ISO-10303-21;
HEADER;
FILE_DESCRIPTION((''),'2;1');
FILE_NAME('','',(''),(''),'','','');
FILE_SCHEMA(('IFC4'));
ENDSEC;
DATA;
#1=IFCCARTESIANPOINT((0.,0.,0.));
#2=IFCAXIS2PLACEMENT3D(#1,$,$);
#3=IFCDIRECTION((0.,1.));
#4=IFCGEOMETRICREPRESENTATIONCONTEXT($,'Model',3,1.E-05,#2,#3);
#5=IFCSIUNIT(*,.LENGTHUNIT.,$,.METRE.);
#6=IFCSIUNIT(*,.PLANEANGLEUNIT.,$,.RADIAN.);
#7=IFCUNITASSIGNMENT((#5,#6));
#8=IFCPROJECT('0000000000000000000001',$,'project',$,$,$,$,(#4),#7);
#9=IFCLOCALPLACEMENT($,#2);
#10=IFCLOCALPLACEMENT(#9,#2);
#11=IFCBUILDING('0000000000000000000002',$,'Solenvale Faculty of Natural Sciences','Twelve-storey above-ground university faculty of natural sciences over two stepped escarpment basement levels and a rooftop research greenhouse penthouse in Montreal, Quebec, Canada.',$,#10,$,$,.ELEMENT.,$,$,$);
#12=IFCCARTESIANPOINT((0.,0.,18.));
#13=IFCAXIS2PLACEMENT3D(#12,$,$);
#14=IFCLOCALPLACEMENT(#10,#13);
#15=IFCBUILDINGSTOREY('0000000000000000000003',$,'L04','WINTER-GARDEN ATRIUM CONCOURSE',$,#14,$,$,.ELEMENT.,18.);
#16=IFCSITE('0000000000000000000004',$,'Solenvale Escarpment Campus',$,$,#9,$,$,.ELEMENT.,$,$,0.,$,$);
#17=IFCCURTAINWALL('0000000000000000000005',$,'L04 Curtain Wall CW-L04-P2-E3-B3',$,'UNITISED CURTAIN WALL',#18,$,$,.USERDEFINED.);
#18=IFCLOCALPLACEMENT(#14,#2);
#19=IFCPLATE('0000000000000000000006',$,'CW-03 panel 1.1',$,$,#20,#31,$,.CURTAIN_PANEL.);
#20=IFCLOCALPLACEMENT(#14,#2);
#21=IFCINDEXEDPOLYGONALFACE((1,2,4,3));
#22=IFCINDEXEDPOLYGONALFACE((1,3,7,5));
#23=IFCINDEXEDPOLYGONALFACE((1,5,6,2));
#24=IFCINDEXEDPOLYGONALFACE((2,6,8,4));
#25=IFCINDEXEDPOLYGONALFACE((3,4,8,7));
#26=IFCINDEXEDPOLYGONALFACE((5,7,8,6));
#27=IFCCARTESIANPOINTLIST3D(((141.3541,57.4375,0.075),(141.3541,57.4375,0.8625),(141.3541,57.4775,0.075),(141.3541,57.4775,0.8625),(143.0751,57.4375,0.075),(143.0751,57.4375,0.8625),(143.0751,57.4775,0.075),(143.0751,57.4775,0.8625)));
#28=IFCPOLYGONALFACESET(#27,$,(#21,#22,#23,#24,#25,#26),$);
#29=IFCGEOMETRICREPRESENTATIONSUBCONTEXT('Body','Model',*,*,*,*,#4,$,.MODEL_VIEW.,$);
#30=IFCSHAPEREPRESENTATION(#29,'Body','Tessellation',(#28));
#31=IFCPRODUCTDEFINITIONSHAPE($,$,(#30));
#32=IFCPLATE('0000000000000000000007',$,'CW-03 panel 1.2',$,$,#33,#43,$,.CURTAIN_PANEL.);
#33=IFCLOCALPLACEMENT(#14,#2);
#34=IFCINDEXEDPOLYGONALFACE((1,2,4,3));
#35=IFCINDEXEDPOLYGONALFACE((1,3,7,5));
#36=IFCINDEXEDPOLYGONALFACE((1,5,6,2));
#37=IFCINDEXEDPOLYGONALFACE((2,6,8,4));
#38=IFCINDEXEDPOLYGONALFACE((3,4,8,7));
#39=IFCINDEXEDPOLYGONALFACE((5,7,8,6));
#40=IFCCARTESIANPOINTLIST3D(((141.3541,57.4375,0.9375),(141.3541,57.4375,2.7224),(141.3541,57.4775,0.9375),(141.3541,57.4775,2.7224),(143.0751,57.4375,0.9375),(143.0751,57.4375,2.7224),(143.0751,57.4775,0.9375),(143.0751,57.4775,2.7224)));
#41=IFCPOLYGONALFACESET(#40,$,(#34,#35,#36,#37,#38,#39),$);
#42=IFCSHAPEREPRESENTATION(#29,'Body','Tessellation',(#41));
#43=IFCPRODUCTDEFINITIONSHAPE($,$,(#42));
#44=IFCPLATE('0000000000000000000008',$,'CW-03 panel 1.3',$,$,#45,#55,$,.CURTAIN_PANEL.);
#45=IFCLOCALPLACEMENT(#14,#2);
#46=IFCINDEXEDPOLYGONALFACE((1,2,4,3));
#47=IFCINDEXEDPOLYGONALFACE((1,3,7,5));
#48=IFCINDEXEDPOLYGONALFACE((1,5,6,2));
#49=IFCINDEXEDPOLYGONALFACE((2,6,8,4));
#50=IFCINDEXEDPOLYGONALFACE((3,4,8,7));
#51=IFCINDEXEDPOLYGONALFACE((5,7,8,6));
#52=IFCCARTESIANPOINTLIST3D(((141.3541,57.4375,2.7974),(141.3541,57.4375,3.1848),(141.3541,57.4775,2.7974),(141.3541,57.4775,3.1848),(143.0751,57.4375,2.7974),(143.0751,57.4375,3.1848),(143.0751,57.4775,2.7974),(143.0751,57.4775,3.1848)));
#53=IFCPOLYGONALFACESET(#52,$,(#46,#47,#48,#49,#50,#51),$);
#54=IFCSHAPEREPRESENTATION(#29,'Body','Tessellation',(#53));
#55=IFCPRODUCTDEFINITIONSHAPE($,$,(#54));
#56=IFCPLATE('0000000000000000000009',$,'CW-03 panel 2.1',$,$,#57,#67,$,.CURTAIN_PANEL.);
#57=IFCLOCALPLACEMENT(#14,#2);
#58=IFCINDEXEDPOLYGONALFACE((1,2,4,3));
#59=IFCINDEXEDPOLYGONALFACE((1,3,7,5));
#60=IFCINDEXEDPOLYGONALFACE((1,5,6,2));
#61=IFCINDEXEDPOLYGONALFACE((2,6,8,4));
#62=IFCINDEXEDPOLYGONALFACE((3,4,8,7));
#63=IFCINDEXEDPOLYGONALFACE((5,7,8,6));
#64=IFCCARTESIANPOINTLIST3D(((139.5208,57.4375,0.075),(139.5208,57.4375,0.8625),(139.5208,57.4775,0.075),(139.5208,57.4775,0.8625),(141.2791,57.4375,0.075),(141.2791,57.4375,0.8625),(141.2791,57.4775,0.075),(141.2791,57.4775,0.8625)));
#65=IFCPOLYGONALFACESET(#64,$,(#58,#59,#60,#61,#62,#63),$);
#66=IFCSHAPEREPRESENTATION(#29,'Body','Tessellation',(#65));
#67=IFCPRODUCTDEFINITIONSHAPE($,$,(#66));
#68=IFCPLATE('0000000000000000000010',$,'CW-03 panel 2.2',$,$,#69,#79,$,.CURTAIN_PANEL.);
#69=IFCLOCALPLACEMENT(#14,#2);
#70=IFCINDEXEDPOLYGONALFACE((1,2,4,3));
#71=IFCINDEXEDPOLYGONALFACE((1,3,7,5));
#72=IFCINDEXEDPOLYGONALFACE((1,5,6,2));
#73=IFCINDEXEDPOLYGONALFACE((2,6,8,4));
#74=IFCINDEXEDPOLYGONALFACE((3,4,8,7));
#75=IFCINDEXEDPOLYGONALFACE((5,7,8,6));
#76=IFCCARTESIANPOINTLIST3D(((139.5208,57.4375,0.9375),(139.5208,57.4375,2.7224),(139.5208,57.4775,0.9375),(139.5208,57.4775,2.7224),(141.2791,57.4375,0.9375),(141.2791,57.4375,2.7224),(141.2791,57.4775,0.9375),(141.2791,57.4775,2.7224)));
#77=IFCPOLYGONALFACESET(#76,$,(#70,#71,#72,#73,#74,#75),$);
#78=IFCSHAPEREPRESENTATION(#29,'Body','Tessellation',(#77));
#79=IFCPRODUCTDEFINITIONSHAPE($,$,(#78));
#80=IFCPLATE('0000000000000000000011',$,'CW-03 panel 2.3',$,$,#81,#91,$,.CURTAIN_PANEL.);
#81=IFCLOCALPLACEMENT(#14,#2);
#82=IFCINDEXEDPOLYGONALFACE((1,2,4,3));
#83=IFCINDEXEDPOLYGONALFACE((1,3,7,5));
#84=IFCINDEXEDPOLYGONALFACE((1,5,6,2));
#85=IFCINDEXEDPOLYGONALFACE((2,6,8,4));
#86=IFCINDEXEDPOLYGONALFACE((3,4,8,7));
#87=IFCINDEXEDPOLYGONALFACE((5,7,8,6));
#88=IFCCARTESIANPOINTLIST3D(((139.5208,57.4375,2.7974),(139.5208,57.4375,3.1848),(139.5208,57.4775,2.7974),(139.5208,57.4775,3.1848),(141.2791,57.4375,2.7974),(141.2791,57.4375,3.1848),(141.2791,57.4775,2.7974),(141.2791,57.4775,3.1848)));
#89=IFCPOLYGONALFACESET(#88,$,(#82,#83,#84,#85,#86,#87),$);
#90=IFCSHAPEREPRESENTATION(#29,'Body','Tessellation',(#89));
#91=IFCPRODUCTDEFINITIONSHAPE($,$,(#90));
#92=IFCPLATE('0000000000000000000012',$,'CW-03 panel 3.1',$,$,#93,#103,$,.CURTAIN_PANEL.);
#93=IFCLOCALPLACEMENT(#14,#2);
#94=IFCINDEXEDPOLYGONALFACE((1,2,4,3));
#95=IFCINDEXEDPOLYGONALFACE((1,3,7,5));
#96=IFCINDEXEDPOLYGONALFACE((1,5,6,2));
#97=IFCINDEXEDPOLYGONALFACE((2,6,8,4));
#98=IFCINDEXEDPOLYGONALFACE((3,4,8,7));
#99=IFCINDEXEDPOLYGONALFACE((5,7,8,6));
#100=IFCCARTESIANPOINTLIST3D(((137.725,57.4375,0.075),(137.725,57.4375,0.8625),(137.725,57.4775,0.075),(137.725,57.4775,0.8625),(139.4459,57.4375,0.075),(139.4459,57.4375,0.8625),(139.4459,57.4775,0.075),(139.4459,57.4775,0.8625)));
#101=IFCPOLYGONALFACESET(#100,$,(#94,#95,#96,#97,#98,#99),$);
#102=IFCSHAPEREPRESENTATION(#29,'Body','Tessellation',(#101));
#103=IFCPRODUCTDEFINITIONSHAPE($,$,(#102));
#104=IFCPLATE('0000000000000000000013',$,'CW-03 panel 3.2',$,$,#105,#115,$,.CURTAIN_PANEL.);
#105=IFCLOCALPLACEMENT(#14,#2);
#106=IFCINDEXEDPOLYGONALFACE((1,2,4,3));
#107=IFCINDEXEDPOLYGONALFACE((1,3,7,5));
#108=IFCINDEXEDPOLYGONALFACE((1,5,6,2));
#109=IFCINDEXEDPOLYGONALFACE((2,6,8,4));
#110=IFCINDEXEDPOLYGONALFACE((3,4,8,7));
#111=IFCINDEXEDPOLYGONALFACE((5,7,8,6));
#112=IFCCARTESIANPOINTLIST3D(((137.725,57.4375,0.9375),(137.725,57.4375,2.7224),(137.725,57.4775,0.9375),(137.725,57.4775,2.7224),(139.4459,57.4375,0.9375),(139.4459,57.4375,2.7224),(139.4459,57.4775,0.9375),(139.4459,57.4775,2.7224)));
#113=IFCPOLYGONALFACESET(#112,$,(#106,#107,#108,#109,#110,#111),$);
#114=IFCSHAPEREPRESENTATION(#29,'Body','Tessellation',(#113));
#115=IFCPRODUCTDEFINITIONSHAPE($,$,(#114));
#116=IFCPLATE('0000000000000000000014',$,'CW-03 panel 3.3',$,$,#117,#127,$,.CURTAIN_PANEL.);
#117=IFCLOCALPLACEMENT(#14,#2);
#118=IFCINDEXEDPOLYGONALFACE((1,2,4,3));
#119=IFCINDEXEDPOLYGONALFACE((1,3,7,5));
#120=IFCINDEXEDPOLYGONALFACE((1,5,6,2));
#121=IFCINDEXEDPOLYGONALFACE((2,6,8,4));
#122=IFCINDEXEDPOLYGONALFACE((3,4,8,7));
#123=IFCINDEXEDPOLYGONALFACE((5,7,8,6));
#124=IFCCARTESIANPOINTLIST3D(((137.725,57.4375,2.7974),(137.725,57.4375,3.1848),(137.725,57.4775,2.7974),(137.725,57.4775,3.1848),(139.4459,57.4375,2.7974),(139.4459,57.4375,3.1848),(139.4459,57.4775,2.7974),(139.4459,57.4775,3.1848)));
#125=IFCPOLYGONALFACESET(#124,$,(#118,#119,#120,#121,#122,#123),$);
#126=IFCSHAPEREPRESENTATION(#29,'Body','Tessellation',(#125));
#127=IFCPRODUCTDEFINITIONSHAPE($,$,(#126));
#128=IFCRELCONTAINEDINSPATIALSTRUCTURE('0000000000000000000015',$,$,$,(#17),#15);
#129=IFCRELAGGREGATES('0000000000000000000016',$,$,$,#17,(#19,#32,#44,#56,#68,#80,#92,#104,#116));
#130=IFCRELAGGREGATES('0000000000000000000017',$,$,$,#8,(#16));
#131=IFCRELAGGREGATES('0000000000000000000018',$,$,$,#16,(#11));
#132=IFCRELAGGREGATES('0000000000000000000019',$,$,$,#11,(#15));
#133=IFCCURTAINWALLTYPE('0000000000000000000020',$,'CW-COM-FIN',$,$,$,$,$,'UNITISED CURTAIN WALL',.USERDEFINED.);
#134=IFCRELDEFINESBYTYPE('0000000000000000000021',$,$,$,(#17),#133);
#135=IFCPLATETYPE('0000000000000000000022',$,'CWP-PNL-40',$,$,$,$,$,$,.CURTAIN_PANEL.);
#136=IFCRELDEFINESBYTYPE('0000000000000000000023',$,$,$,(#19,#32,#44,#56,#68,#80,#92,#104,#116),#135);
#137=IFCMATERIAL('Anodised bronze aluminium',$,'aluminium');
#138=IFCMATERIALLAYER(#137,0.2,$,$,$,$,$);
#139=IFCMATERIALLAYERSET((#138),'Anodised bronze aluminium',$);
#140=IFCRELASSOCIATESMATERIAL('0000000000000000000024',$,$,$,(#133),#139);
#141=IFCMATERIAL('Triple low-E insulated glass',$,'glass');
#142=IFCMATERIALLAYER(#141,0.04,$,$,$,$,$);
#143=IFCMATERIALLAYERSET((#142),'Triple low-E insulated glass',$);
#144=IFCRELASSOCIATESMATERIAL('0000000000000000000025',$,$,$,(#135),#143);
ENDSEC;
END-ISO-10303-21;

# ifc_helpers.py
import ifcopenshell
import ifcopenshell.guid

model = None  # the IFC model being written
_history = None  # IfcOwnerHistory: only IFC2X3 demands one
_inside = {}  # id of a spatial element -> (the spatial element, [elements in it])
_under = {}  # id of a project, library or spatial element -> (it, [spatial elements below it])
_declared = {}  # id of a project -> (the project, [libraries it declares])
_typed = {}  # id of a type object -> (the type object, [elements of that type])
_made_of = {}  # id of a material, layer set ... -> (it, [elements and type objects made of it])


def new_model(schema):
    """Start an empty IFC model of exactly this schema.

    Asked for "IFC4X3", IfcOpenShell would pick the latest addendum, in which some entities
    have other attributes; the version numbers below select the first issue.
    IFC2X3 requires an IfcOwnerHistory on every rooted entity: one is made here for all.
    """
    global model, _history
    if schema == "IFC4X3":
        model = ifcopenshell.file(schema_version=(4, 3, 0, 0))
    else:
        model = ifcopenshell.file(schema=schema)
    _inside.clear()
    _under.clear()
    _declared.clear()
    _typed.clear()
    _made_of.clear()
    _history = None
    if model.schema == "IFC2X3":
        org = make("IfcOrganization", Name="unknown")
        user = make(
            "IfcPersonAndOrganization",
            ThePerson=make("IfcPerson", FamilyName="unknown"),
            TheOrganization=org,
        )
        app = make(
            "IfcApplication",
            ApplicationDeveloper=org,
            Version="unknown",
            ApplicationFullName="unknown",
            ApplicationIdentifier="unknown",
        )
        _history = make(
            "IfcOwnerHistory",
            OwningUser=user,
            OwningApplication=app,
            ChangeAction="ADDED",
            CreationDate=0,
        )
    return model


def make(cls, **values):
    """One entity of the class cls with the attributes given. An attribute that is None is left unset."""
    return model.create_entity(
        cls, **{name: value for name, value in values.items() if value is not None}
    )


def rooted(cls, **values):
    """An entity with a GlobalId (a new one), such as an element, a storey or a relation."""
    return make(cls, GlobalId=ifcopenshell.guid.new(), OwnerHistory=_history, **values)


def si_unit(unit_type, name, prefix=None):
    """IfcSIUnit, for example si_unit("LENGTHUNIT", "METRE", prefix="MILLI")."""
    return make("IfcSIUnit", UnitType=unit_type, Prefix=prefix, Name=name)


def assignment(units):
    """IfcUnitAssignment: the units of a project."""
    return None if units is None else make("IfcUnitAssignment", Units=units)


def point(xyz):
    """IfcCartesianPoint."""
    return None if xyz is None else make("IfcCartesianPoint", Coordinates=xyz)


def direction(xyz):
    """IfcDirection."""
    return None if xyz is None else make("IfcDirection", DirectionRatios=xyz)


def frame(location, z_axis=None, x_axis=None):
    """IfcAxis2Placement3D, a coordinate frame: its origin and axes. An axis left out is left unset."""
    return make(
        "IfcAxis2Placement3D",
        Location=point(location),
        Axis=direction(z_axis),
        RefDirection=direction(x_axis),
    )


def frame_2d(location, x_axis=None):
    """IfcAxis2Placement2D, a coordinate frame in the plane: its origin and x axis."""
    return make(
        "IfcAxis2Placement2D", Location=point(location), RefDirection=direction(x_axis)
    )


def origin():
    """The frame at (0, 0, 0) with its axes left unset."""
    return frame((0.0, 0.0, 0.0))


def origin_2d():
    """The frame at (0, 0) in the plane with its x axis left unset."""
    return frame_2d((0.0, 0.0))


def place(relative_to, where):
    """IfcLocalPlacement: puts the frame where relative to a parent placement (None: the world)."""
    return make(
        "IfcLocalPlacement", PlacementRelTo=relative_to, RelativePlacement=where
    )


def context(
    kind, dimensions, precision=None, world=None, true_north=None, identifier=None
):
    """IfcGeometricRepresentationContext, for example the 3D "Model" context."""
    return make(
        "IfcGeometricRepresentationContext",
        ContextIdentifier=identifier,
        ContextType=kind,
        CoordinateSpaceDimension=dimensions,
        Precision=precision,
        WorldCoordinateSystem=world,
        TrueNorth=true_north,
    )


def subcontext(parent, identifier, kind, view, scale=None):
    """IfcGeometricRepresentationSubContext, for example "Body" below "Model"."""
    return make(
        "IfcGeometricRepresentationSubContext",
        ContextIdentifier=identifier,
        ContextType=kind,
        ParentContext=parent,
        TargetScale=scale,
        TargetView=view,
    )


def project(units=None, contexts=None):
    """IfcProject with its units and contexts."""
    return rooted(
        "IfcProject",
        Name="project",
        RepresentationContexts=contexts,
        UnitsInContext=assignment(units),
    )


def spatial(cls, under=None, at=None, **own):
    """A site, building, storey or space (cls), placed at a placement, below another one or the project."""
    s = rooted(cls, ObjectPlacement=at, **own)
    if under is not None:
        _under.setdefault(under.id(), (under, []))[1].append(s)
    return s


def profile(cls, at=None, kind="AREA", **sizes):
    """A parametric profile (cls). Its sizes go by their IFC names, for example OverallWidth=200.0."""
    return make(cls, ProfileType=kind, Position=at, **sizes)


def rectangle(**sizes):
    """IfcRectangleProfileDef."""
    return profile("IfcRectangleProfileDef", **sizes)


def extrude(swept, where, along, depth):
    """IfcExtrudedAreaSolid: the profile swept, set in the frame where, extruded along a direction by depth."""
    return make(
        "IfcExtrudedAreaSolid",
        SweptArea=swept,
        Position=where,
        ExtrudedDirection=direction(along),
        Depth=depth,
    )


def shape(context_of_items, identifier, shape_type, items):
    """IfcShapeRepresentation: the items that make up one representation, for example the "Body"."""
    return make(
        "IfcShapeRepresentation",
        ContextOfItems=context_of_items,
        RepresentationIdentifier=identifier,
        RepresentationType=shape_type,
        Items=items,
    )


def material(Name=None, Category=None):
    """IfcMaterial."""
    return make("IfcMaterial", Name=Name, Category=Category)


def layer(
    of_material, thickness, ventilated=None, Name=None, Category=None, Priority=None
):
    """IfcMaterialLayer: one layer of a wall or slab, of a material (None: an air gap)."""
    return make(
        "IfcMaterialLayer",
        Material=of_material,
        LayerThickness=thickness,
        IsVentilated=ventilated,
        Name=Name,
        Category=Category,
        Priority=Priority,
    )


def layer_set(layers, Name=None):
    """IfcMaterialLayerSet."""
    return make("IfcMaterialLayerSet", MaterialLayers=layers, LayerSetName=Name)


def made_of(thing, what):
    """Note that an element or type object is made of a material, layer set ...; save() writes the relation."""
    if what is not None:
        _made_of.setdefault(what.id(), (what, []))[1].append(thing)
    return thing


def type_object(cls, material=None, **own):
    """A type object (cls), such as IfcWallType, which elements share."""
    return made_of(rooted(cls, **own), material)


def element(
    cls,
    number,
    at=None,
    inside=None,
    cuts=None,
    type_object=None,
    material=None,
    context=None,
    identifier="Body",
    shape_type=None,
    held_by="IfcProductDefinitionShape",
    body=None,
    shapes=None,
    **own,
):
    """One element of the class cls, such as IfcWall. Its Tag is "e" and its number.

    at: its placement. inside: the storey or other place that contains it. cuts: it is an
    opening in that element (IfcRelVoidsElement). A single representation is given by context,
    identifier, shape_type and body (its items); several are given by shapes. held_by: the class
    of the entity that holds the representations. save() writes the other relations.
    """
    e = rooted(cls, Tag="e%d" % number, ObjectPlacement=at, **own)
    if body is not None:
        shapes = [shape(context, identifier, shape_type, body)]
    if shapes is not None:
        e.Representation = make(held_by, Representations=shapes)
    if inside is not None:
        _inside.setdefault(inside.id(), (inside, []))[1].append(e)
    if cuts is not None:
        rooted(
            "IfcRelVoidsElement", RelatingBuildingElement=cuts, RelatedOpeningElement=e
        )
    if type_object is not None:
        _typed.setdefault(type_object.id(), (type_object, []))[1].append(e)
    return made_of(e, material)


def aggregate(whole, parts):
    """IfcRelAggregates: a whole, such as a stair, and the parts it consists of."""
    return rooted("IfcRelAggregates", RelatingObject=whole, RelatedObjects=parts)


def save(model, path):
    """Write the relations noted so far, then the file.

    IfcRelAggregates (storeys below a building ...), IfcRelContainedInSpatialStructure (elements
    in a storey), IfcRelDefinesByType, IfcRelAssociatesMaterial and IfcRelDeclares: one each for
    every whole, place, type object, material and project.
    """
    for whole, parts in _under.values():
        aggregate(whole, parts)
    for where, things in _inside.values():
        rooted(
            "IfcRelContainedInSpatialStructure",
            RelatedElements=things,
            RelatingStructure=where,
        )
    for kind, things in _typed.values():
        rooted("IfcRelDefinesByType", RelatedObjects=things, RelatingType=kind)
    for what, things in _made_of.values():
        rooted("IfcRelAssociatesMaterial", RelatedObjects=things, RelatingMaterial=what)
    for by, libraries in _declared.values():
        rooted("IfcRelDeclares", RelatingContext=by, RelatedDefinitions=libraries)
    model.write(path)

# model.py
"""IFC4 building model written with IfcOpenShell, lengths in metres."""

from ifc_helpers import new_model, si_unit, direction, frame, origin, origin_2d, place, context, subcontext, project, spatial, rectangle, extrude, material, layer, layer_set, type_object, element, aggregate, save


model = new_model("IFC4")

# Units and contexts
model_context = context("Model", 3, precision=1e-05, world=origin(), true_north=direction((0.0, 1.0)))
body_context = subcontext(model_context, "Body", "Model", "MODEL_VIEW")
ifc_project = project(units=[si_unit("LENGTHUNIT", "METRE"), si_unit("PLANEANGLEUNIT", "RADIAN")], contexts=[model_context])

# Site, building, storey
site_placement = place(None, origin())
site = spatial("IfcSite", under=ifc_project, at=site_placement, Name="Solenvale Escarpment Campus", CompositionType="ELEMENT", RefElevation=0.0)
building_placement = place(site_placement, origin())
building = spatial("IfcBuilding", under=site, at=building_placement, Name="Solenvale Faculty of Natural Sciences", Description="Twelve-storey above-ground university faculty of natural sciences over two stepped escarpment basement levels and a rooftop research greenhouse penthouse in Montreal, Quebec, Canada.", CompositionType="ELEMENT")
storey_placement = place(building_placement, frame((0.0, 0.0, 18.0)))
storey = spatial("IfcBuildingStorey", under=building, at=storey_placement, Name="L04", Description="WINTER-GARDEN ATRIUM CONCOURSE", CompositionType="ELEMENT", Elevation=18.0)

# Curtain wall, plates
ifc_material_1 = material(Name="Anodised bronze aluminium", Category="aluminium")
ifc_layer_1 = layer(ifc_material_1, 0.2)
ifc_layer_set_1 = layer_set([ifc_layer_1], Name="Anodised bronze aluminium")
curtain_wall_type = type_object("IfcCurtainWallType", Name="CW-COM-FIN", ElementType="UNITISED CURTAIN WALL", PredefinedType="USERDEFINED", material=ifc_layer_set_1)
curtain_wall_placement = place(storey_placement, origin())
curtain_wall = element("IfcCurtainWall", 1, at=curtain_wall_placement, inside=storey, type_object=curtain_wall_type, Name="L04 Curtain Wall CW-L04-P2-E3-B3", ObjectType="UNITISED CURTAIN WALL", PredefinedType="USERDEFINED")
ifc_material_2 = material(Name="Triple low-E insulated glass", Category="glass")
ifc_layer_2 = layer(ifc_material_2, 0.04)
ifc_layer_set_2 = layer_set([ifc_layer_2], Name="Triple low-E insulated glass")
plate_type = type_object("IfcPlateType", Name="CWP-PNL-40", PredefinedType="CURTAIN_PANEL", material=ifc_layer_set_2)
plate_1_placement = place(storey_placement, frame((142.2146, 57.4575, 0.075), z_axis=(0.0, 0.0, 1.0), x_axis=(-1.0, 0.0, 0.0)))
plate_1 = element("IfcPlate", 2, at=plate_1_placement, type_object=plate_type, Name="CW-03 panel 1.1", PredefinedType="CURTAIN_PANEL", context=body_context, shape_type="SweptSolid", body=[
    extrude(rectangle(XDim=1.7209, YDim=0.04, at=origin_2d()), origin(), (0.0, 0.0, 1.0), 0.7876),
])
plate_2_placement = place(storey_placement, frame((142.2146, 57.4575, 0.9375), z_axis=(0.0, 0.0, 1.0), x_axis=(-1.0, 0.0, 0.0)))
plate_2 = element("IfcPlate", 3, at=plate_2_placement, type_object=plate_type, Name="CW-03 panel 1.2", PredefinedType="CURTAIN_PANEL", context=body_context, shape_type="SweptSolid", body=[
    extrude(rectangle(XDim=1.7209, YDim=0.04, at=origin_2d()), origin(), (0.0, 0.0, 1.0), 1.7849),
])
plate_3_placement = place(storey_placement, frame((142.2146, 57.4575, 2.7974), z_axis=(0.0, 0.0, 1.0), x_axis=(-1.0, 0.0, 0.0)))
plate_3 = element("IfcPlate", 4, at=plate_3_placement, type_object=plate_type, Name="CW-03 panel 1.3", PredefinedType="CURTAIN_PANEL", context=body_context, shape_type="SweptSolid", body=[
    extrude(rectangle(XDim=1.7209, YDim=0.04, at=origin_2d()), origin(), (0.0, 0.0, 1.0), 0.3875),
])
plate_4_placement = place(storey_placement, frame((140.3999, 57.4575, 0.075), z_axis=(0.0, 0.0, 1.0), x_axis=(-1.0, 0.0, 0.0)))
plate_4 = element("IfcPlate", 5, at=plate_4_placement, type_object=plate_type, Name="CW-03 panel 2.1", PredefinedType="CURTAIN_PANEL", context=body_context, shape_type="SweptSolid", body=[
    extrude(rectangle(XDim=1.7583, YDim=0.04, at=origin_2d()), origin(), (0.0, 0.0, 1.0), 0.7876),
])
plate_5_placement = place(storey_placement, frame((140.3999, 57.4575, 0.9375), z_axis=(0.0, 0.0, 1.0), x_axis=(-1.0, 0.0, 0.0)))
plate_5 = element("IfcPlate", 6, at=plate_5_placement, type_object=plate_type, Name="CW-03 panel 2.2", PredefinedType="CURTAIN_PANEL", context=body_context, shape_type="SweptSolid", body=[
    extrude(rectangle(XDim=1.7583, YDim=0.04, at=origin_2d()), origin(), (0.0, 0.0, 1.0), 1.7849),
])
plate_6_placement = place(storey_placement, frame((140.3999, 57.4575, 2.7974), z_axis=(0.0, 0.0, 1.0), x_axis=(-1.0, 0.0, 0.0)))
plate_6 = element("IfcPlate", 7, at=plate_6_placement, type_object=plate_type, Name="CW-03 panel 2.3", PredefinedType="CURTAIN_PANEL", context=body_context, shape_type="SweptSolid", body=[
    extrude(rectangle(XDim=1.7583, YDim=0.04, at=origin_2d()), origin(), (0.0, 0.0, 1.0), 0.3875),
])
plate_7_placement = place(storey_placement, frame((138.5854, 57.4575, 0.075), z_axis=(0.0, 0.0, 1.0), x_axis=(-1.0, 0.0, 0.0)))
plate_7 = element("IfcPlate", 8, at=plate_7_placement, type_object=plate_type, Name="CW-03 panel 3.1", PredefinedType="CURTAIN_PANEL", context=body_context, shape_type="SweptSolid", body=[
    extrude(rectangle(XDim=1.7209, YDim=0.04, at=origin_2d()), origin(), (0.0, 0.0, 1.0), 0.7876),
])
plate_8_placement = place(storey_placement, frame((138.5854, 57.4575, 0.9375), z_axis=(0.0, 0.0, 1.0), x_axis=(-1.0, 0.0, 0.0)))
plate_8 = element("IfcPlate", 9, at=plate_8_placement, type_object=plate_type, Name="CW-03 panel 3.2", PredefinedType="CURTAIN_PANEL", context=body_context, shape_type="SweptSolid", body=[
    extrude(rectangle(XDim=1.7209, YDim=0.04, at=origin_2d()), origin(), (0.0, 0.0, 1.0), 1.7849),
])
plate_9_placement = place(storey_placement, frame((138.5854, 57.4575, 2.7974), z_axis=(0.0, 0.0, 1.0), x_axis=(-1.0, 0.0, 0.0)))
plate_9 = element("IfcPlate", 10, at=plate_9_placement, type_object=plate_type, Name="CW-03 panel 3.3", PredefinedType="CURTAIN_PANEL", context=body_context, shape_type="SweptSolid", body=[
    extrude(rectangle(XDim=1.7209, YDim=0.04, at=origin_2d()), origin(), (0.0, 0.0, 1.0), 0.3875),
])
aggregate(curtain_wall, [plate_1, plate_2, plate_3, plate_4, plate_5, plate_6, plate_7, plate_8, plate_9])

save(model, "model.ifc")
